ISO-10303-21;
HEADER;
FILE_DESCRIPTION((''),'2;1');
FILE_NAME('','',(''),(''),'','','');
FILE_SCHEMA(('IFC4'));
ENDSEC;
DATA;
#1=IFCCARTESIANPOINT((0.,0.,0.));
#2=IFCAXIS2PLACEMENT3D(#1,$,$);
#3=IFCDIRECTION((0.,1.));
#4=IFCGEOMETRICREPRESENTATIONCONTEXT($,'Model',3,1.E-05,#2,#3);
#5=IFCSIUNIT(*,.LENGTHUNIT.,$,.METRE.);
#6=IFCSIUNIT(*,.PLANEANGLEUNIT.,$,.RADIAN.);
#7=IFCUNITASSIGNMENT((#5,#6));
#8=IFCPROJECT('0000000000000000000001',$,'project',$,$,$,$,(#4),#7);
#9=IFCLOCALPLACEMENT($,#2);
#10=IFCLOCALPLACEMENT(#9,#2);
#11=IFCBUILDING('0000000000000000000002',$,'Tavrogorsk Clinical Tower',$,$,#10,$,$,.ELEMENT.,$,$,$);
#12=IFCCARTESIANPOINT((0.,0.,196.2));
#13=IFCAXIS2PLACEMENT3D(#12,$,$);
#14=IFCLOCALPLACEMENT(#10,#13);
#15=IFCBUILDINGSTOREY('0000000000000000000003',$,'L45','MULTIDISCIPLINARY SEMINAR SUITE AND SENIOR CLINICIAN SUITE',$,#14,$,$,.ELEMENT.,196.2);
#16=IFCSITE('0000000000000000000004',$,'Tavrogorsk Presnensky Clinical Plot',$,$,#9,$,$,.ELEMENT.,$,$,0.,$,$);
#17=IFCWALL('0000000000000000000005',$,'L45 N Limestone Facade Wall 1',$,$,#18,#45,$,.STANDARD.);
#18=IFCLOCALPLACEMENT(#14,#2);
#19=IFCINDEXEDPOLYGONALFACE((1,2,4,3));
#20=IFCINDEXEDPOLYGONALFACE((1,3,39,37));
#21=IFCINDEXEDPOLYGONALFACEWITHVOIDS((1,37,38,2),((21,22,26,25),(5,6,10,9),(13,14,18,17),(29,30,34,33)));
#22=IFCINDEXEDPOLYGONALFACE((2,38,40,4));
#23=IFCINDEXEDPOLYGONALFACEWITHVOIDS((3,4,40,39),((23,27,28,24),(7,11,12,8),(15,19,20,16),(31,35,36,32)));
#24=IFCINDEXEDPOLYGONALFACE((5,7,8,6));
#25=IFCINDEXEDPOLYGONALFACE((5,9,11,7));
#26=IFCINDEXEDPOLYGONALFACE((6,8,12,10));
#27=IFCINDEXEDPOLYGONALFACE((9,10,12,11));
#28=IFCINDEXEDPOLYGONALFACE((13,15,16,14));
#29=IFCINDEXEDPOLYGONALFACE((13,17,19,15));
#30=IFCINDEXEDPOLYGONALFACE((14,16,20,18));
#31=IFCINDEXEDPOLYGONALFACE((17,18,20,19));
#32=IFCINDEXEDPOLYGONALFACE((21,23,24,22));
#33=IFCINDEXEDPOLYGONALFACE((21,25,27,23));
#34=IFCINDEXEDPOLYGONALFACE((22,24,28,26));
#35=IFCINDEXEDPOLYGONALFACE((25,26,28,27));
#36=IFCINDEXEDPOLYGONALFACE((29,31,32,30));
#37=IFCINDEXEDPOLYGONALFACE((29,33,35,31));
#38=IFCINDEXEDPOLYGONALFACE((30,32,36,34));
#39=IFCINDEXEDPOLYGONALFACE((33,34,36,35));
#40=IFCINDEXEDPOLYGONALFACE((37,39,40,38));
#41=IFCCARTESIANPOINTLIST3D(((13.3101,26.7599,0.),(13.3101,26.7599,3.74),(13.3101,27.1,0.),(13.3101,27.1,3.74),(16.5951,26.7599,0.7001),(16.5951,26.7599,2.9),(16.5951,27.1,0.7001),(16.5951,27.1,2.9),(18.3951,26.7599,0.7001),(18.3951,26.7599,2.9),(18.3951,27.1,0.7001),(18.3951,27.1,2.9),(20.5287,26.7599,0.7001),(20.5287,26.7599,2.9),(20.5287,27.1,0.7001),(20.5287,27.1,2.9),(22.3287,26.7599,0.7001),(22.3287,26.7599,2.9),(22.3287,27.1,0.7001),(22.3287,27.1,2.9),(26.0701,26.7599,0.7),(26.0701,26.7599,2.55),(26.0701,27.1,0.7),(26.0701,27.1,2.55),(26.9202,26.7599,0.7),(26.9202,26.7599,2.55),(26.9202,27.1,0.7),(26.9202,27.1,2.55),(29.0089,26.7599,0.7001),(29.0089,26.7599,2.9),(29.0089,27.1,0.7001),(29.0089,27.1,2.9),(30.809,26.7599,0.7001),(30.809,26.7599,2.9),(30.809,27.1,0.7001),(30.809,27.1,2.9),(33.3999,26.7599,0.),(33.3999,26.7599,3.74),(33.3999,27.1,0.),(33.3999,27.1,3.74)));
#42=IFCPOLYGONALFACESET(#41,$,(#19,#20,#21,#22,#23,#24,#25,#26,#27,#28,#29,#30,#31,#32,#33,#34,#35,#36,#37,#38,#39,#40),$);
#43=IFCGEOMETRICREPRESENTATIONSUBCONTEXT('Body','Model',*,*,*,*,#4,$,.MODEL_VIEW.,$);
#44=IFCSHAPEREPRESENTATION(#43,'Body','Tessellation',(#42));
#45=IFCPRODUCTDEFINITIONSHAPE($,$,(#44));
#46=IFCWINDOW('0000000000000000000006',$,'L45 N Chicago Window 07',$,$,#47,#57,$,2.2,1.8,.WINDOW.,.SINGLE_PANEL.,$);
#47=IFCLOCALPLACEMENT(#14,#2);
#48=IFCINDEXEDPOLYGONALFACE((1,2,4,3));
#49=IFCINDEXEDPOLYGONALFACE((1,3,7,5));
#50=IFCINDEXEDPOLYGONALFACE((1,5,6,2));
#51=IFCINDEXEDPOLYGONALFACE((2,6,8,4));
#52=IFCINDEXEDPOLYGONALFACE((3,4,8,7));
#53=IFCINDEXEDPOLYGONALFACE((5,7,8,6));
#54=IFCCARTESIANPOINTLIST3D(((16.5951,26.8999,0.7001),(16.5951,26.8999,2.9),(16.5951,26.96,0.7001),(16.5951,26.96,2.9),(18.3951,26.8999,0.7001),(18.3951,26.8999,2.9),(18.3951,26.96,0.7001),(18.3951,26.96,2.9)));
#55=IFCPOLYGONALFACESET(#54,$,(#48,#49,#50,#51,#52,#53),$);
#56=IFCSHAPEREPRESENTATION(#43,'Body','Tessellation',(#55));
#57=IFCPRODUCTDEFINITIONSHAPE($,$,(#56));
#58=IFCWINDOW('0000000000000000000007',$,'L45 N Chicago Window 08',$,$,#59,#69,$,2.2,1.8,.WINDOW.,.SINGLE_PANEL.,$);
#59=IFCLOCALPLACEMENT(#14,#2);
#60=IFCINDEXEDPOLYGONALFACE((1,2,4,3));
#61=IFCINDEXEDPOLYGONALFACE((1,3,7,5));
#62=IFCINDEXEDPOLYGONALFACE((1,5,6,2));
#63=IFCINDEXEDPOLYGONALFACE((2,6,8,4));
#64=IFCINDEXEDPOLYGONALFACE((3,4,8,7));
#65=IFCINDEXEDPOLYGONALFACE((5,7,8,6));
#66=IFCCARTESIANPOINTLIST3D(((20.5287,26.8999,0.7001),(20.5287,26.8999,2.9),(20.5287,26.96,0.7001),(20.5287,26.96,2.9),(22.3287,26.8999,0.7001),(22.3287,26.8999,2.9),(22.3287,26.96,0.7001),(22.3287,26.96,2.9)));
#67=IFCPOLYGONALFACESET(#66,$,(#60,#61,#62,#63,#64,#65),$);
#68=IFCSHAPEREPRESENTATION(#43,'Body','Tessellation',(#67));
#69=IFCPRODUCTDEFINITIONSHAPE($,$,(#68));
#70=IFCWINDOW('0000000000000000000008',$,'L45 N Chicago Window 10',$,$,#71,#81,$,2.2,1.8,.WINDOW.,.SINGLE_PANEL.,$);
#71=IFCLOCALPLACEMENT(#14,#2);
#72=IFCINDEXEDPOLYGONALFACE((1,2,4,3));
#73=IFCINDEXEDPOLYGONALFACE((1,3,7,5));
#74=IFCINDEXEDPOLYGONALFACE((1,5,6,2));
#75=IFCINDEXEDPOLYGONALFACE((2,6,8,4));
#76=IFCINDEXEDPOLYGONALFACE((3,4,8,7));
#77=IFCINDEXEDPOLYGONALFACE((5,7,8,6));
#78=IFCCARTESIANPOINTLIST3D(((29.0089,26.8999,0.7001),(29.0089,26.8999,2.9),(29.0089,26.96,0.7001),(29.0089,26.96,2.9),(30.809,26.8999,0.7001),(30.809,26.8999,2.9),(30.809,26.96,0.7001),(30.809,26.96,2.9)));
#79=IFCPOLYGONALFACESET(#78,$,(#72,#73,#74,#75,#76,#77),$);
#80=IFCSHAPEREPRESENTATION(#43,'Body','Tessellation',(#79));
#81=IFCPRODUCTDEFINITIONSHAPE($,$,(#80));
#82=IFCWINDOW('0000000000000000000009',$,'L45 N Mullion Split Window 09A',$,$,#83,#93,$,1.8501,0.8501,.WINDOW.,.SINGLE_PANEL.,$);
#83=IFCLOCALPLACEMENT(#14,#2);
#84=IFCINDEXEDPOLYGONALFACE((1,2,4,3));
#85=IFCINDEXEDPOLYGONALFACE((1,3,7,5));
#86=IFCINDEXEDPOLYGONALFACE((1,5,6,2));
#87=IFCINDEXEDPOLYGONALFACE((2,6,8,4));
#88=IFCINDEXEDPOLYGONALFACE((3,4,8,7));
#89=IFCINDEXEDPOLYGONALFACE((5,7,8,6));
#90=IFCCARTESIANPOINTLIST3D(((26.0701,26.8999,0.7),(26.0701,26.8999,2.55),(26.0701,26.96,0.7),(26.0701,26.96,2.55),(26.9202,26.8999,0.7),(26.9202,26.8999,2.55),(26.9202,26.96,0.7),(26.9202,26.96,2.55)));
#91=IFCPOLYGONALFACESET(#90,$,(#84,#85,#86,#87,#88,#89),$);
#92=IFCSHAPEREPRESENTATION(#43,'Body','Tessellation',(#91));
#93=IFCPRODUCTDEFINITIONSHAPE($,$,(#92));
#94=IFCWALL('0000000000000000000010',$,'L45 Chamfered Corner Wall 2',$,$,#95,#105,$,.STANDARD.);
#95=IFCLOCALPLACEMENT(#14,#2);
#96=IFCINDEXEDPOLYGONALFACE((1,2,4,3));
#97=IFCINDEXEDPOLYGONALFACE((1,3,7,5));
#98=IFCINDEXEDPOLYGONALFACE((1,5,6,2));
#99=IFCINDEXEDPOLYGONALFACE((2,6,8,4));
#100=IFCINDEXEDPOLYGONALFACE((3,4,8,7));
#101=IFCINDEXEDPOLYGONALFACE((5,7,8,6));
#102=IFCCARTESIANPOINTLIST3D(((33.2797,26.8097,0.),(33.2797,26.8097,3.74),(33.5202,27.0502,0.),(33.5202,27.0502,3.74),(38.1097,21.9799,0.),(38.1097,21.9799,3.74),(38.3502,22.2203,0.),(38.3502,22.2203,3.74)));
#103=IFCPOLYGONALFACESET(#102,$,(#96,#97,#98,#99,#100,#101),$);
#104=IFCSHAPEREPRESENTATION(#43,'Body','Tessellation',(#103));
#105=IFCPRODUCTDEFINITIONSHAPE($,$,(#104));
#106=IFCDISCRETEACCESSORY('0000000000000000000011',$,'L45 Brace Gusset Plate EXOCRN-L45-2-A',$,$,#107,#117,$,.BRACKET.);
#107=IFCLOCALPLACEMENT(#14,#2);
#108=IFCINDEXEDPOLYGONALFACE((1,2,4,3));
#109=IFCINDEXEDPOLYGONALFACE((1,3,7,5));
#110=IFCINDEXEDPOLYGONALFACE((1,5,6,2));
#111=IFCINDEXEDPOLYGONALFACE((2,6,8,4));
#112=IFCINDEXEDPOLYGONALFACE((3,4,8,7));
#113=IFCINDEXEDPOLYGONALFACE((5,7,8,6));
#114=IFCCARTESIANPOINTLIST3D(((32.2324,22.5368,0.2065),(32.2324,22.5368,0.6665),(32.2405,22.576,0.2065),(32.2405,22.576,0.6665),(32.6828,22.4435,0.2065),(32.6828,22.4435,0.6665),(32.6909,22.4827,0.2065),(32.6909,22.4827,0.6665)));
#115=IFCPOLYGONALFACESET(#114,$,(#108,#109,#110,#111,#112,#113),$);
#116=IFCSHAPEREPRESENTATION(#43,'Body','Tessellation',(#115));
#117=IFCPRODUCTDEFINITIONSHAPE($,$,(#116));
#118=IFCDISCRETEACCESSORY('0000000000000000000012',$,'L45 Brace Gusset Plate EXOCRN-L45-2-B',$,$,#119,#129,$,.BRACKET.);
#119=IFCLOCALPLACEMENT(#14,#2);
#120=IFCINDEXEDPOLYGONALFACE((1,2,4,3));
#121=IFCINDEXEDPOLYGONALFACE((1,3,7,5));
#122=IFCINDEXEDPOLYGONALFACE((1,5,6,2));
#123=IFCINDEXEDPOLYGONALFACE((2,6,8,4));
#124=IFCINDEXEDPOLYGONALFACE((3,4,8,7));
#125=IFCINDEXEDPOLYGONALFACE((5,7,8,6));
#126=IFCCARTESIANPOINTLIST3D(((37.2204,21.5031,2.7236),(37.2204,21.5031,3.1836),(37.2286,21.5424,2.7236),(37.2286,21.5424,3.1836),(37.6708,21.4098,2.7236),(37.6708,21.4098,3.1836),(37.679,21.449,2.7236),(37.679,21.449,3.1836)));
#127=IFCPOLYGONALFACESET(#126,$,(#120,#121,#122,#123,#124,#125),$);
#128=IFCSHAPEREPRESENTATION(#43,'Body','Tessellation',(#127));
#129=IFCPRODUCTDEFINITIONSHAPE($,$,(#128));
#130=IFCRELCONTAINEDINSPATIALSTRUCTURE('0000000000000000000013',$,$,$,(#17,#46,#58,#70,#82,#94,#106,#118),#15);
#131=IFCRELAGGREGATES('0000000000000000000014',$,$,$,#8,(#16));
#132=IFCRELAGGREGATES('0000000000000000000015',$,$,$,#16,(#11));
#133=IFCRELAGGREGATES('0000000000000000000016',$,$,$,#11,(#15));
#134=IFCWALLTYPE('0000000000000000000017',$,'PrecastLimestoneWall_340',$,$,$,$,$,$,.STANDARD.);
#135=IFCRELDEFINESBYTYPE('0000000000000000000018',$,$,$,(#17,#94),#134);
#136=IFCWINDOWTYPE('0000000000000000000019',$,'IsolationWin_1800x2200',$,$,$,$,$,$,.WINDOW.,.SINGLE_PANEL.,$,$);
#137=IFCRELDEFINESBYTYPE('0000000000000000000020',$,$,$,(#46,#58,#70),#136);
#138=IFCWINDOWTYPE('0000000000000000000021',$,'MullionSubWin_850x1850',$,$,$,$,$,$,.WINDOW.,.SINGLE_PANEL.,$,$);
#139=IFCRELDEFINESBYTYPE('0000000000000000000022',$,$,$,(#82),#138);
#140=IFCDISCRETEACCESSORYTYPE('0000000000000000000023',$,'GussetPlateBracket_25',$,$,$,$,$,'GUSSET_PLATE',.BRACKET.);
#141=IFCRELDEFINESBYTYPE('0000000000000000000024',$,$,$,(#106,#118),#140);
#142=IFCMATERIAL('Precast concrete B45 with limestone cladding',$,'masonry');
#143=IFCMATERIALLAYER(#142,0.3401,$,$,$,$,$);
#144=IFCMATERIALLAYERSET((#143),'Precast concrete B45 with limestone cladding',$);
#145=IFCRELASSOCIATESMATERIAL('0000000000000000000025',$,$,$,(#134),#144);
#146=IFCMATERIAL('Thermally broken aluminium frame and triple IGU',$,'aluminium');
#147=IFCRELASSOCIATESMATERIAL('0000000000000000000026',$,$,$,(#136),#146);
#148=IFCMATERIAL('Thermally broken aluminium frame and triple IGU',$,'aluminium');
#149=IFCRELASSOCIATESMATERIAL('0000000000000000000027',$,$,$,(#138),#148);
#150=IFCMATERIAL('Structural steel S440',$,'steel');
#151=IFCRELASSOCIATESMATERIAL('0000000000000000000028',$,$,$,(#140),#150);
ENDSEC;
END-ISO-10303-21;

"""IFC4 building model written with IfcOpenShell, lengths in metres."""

from ifc_helpers import new_model, si_unit, direction, frame, frame_2d, origin, origin_2d, place, context, subcontext, project, spatial, rectangle, extrude, material, layer, layer_set, type_object, element, fill, save


model = new_model("IFC4")

# Units and contexts
model_context = context("Model", 3, precision=1e-05, world=origin(), true_north=direction((0.0, 1.0)))
body_context = subcontext(model_context, "Body", "Model", "MODEL_VIEW")
ifc_project = project(units=[si_unit("LENGTHUNIT", "METRE"), si_unit("PLANEANGLEUNIT", "RADIAN")], contexts=[model_context])

# Site, building, storey
site_placement = place(None, origin())
site = spatial("IfcSite", under=ifc_project, at=site_placement, Name="Tavrogorsk Presnensky Clinical Plot", CompositionType="ELEMENT", RefElevation=0.0)
building_placement = place(site_placement, origin())
building = spatial("IfcBuilding", under=site, at=building_placement, Name="Tavrogorsk Clinical Tower", CompositionType="ELEMENT")
storey_placement = place(building_placement, frame((0.0, 0.0, 196.2)))
storey = spatial("IfcBuildingStorey", under=building, at=storey_placement, Name="L45", Description="MULTIDISCIPLINARY SEMINAR SUITE AND SENIOR CLINICIAN SUITE", CompositionType="ELEMENT", Elevation=196.2)

# Wall, openings, windows
ifc_material_1 = material(Name="Precast concrete B45 with limestone cladding", Category="masonry")
ifc_layer_1 = layer(ifc_material_1, 0.3401)
ifc_layer_set_1 = layer_set([ifc_layer_1], Name="Precast concrete B45 with limestone cladding")
wall_type_1 = type_object("IfcWallType", Name="PrecastLimestoneWall_340", PredefinedType="STANDARD", material=ifc_layer_set_1)
wall_1_placement = place(storey_placement, frame((33.3999, 26.9299, 0.0), z_axis=(0.0, 0.0, 1.0), x_axis=(-1.0, 0.0, 0.0)))
wall_1 = element("IfcWall", 1, at=wall_1_placement, inside=storey, type_object=wall_type_1, Name="L45 N Limestone Facade Wall 1", PredefinedType="STANDARD", context=body_context, shape_type="SweptSolid", body=[
    extrude(rectangle(XDim=20.0898, YDim=0.3401, at=frame_2d((10.0449, 0.0))), origin(), (0.0, 0.0, 1.0), 3.74),
])
opening_1_placement = place(wall_1_placement, frame((15.0049, 0.0, 0.7)))
opening_1 = element("IfcOpeningElement", 2, at=opening_1_placement, cuts=wall_1, PredefinedType="OPENING", context=body_context, shape_type="SweptSolid", body=[
    extrude(rectangle(XDim=1.8, YDim=2.2, at=frame_2d((0.8999, 1.1001))), frame((0.0, 0.1799, 0.0), z_axis=(0.0, -1.0, 0.0), x_axis=(1.0, 0.0, 0.0)), (0.0, 0.0, 1.0), 0.3601),
])
opening_2_placement = place(wall_1_placement, frame((11.0713, 0.0, 0.7)))
opening_2 = element("IfcOpeningElement", 3, at=opening_2_placement, cuts=wall_1, PredefinedType="OPENING", context=body_context, shape_type="SweptSolid", body=[
    extrude(rectangle(XDim=1.8, YDim=2.2, at=frame_2d((0.8999, 1.1001))), frame((0.0, 0.1799, 0.0), z_axis=(0.0, -1.0, 0.0), x_axis=(1.0, 0.0, 0.0)), (0.0, 0.0, 1.0), 0.3601),
])
opening_3_placement = place(wall_1_placement, frame((6.4797, 0.0, 0.7)))
opening_3 = element("IfcOpeningElement", 4, at=opening_3_placement, cuts=wall_1, PredefinedType="OPENING", context=body_context, shape_type="SweptSolid", body=[
    extrude(rectangle(XDim=0.8501, YDim=1.8501, at=frame_2d((0.425, 0.925))), frame((0.0, 0.1799, 0.0), z_axis=(0.0, -1.0, 0.0), x_axis=(1.0, 0.0, 0.0)), (0.0, 0.0, 1.0), 0.3601),
])
opening_4_placement = place(wall_1_placement, frame((2.5911, 0.0, 0.7)))
opening_4 = element("IfcOpeningElement", 5, at=opening_4_placement, cuts=wall_1, PredefinedType="OPENING", context=body_context, shape_type="SweptSolid", body=[
    extrude(rectangle(XDim=1.8, YDim=2.2, at=frame_2d((0.8999, 1.1001))), frame((0.0, 0.1799, 0.0), z_axis=(0.0, -1.0, 0.0), x_axis=(1.0, 0.0, 0.0)), (0.0, 0.0, 1.0), 0.3601),
])
ifc_material_2 = material(Name="Thermally broken aluminium frame and triple IGU", Category="aluminium")
window_type_1 = type_object("IfcWindowType", Name="IsolationWin_1800x2200", PartitioningType="SINGLE_PANEL", PredefinedType="WINDOW", material=ifc_material_2)
window_1_placement = place(opening_1_placement, origin())
window_1 = element("IfcWindow", 6, at=window_1_placement, inside=storey, type_object=window_type_1, Name="L45 N Chicago Window 07", OverallHeight=2.2, OverallWidth=1.8, PartitioningType="SINGLE_PANEL", PredefinedType="WINDOW", context=body_context, shape_type="SweptSolid", body=[
    extrude(rectangle(XDim=1.8, YDim=2.2, at=frame_2d((0.8999, 1.1001))), frame((0.0, 0.03, 0.0), z_axis=(0.0, -1.0, 0.0), x_axis=(1.0, 0.0, 0.0)), (0.0, 0.0, 1.0), 0.0601),
])
fill(opening_1, window_1)
window_2_placement = place(opening_2_placement, origin())
window_2 = element("IfcWindow", 7, at=window_2_placement, inside=storey, type_object=window_type_1, Name="L45 N Chicago Window 08", OverallHeight=2.2, OverallWidth=1.8, PartitioningType="SINGLE_PANEL", PredefinedType="WINDOW", context=body_context, shape_type="SweptSolid", body=[
    extrude(rectangle(XDim=1.8, YDim=2.2, at=frame_2d((0.8999, 1.1001))), frame((0.0, 0.03, 0.0), z_axis=(0.0, -1.0, 0.0), x_axis=(1.0, 0.0, 0.0)), (0.0, 0.0, 1.0), 0.0601),
])
fill(opening_2, window_2)
window_3_placement = place(opening_4_placement, origin())
window_3 = element("IfcWindow", 8, at=window_3_placement, inside=storey, type_object=window_type_1, Name="L45 N Chicago Window 10", OverallHeight=2.2, OverallWidth=1.8, PartitioningType="SINGLE_PANEL", PredefinedType="WINDOW", context=body_context, shape_type="SweptSolid", body=[
    extrude(rectangle(XDim=1.8, YDim=2.2, at=frame_2d((0.8999, 1.1001))), frame((0.0, 0.03, 0.0), z_axis=(0.0, -1.0, 0.0), x_axis=(1.0, 0.0, 0.0)), (0.0, 0.0, 1.0), 0.0601),
])
fill(opening_4, window_3)
ifc_material_3 = material(Name="Thermally broken aluminium frame and triple IGU", Category="aluminium")
window_type_2 = type_object("IfcWindowType", Name="MullionSubWin_850x1850", PartitioningType="SINGLE_PANEL", PredefinedType="WINDOW", material=ifc_material_3)
window_4_placement = place(opening_3_placement, origin())
window_4 = element("IfcWindow", 9, at=window_4_placement, inside=storey, type_object=window_type_2, Name="L45 N Mullion Split Window 09A", OverallHeight=1.8501, OverallWidth=0.8501, PartitioningType="SINGLE_PANEL", PredefinedType="WINDOW", context=body_context, shape_type="SweptSolid", body=[
    extrude(rectangle(XDim=0.8501, YDim=1.8501, at=frame_2d((0.425, 0.925))), frame((0.0, 0.03, 0.0), z_axis=(0.0, -1.0, 0.0), x_axis=(1.0, 0.0, 0.0)), (0.0, 0.0, 1.0), 0.0601),
])
fill(opening_3, window_4)

# Wall
wall_2_placement = place(storey_placement, frame((38.23, 22.1001, 0.0), z_axis=(0.0, 0.0, 1.0), x_axis=(-0.707125, 0.707089, 0.0)))
element("IfcWall", 10, at=wall_2_placement, inside=storey, type_object=wall_type_1, Name="L45 Chamfered Corner Wall 2", PredefinedType="STANDARD", context=body_context, shape_type="SweptSolid", body=[
    extrude(rectangle(XDim=6.8306, YDim=0.3401, at=frame_2d((3.4153, 0.0))), origin(), (0.0, 0.0, 1.0), 3.74),
])

# Discrete accessories
ifc_material_4 = material(Name="Structural steel S440", Category="steel")
discrete_accessory_type = type_object("IfcDiscreteAccessoryType", Name="GussetPlateBracket_25", ElementType="GUSSET_PLATE", PredefinedType="BRACKET", material=ifc_material_4)
for number, where, z_axis, x_axis, name in (
    (11, (32.4617, 22.5098, 0.2065), (0.0, 0.0, 1.0), (0.979187, -0.202958, 0.0), "L45 Brace Gusset Plate EXOCRN-L45-2-A"),
    (12, (37.4497, 21.4761, 2.7236), (0.0, 0.0, 1.0), (0.979187, -0.202958, 0.0), "L45 Brace Gusset Plate EXOCRN-L45-2-B"),
):
    element("IfcDiscreteAccessory", number, at=place(storey_placement, frame(where, z_axis=z_axis, x_axis=x_axis)), inside=storey, type_object=discrete_accessory_type, Name=name, PredefinedType="BRACKET", context=body_context, shape_type="SweptSolid", body=[
        extrude(rectangle(XDim=0.46, YDim=0.04, at=origin_2d()), origin(), (0.0, 0.0, 1.0), 0.46),
    ])

save(model, "model.ifc")
